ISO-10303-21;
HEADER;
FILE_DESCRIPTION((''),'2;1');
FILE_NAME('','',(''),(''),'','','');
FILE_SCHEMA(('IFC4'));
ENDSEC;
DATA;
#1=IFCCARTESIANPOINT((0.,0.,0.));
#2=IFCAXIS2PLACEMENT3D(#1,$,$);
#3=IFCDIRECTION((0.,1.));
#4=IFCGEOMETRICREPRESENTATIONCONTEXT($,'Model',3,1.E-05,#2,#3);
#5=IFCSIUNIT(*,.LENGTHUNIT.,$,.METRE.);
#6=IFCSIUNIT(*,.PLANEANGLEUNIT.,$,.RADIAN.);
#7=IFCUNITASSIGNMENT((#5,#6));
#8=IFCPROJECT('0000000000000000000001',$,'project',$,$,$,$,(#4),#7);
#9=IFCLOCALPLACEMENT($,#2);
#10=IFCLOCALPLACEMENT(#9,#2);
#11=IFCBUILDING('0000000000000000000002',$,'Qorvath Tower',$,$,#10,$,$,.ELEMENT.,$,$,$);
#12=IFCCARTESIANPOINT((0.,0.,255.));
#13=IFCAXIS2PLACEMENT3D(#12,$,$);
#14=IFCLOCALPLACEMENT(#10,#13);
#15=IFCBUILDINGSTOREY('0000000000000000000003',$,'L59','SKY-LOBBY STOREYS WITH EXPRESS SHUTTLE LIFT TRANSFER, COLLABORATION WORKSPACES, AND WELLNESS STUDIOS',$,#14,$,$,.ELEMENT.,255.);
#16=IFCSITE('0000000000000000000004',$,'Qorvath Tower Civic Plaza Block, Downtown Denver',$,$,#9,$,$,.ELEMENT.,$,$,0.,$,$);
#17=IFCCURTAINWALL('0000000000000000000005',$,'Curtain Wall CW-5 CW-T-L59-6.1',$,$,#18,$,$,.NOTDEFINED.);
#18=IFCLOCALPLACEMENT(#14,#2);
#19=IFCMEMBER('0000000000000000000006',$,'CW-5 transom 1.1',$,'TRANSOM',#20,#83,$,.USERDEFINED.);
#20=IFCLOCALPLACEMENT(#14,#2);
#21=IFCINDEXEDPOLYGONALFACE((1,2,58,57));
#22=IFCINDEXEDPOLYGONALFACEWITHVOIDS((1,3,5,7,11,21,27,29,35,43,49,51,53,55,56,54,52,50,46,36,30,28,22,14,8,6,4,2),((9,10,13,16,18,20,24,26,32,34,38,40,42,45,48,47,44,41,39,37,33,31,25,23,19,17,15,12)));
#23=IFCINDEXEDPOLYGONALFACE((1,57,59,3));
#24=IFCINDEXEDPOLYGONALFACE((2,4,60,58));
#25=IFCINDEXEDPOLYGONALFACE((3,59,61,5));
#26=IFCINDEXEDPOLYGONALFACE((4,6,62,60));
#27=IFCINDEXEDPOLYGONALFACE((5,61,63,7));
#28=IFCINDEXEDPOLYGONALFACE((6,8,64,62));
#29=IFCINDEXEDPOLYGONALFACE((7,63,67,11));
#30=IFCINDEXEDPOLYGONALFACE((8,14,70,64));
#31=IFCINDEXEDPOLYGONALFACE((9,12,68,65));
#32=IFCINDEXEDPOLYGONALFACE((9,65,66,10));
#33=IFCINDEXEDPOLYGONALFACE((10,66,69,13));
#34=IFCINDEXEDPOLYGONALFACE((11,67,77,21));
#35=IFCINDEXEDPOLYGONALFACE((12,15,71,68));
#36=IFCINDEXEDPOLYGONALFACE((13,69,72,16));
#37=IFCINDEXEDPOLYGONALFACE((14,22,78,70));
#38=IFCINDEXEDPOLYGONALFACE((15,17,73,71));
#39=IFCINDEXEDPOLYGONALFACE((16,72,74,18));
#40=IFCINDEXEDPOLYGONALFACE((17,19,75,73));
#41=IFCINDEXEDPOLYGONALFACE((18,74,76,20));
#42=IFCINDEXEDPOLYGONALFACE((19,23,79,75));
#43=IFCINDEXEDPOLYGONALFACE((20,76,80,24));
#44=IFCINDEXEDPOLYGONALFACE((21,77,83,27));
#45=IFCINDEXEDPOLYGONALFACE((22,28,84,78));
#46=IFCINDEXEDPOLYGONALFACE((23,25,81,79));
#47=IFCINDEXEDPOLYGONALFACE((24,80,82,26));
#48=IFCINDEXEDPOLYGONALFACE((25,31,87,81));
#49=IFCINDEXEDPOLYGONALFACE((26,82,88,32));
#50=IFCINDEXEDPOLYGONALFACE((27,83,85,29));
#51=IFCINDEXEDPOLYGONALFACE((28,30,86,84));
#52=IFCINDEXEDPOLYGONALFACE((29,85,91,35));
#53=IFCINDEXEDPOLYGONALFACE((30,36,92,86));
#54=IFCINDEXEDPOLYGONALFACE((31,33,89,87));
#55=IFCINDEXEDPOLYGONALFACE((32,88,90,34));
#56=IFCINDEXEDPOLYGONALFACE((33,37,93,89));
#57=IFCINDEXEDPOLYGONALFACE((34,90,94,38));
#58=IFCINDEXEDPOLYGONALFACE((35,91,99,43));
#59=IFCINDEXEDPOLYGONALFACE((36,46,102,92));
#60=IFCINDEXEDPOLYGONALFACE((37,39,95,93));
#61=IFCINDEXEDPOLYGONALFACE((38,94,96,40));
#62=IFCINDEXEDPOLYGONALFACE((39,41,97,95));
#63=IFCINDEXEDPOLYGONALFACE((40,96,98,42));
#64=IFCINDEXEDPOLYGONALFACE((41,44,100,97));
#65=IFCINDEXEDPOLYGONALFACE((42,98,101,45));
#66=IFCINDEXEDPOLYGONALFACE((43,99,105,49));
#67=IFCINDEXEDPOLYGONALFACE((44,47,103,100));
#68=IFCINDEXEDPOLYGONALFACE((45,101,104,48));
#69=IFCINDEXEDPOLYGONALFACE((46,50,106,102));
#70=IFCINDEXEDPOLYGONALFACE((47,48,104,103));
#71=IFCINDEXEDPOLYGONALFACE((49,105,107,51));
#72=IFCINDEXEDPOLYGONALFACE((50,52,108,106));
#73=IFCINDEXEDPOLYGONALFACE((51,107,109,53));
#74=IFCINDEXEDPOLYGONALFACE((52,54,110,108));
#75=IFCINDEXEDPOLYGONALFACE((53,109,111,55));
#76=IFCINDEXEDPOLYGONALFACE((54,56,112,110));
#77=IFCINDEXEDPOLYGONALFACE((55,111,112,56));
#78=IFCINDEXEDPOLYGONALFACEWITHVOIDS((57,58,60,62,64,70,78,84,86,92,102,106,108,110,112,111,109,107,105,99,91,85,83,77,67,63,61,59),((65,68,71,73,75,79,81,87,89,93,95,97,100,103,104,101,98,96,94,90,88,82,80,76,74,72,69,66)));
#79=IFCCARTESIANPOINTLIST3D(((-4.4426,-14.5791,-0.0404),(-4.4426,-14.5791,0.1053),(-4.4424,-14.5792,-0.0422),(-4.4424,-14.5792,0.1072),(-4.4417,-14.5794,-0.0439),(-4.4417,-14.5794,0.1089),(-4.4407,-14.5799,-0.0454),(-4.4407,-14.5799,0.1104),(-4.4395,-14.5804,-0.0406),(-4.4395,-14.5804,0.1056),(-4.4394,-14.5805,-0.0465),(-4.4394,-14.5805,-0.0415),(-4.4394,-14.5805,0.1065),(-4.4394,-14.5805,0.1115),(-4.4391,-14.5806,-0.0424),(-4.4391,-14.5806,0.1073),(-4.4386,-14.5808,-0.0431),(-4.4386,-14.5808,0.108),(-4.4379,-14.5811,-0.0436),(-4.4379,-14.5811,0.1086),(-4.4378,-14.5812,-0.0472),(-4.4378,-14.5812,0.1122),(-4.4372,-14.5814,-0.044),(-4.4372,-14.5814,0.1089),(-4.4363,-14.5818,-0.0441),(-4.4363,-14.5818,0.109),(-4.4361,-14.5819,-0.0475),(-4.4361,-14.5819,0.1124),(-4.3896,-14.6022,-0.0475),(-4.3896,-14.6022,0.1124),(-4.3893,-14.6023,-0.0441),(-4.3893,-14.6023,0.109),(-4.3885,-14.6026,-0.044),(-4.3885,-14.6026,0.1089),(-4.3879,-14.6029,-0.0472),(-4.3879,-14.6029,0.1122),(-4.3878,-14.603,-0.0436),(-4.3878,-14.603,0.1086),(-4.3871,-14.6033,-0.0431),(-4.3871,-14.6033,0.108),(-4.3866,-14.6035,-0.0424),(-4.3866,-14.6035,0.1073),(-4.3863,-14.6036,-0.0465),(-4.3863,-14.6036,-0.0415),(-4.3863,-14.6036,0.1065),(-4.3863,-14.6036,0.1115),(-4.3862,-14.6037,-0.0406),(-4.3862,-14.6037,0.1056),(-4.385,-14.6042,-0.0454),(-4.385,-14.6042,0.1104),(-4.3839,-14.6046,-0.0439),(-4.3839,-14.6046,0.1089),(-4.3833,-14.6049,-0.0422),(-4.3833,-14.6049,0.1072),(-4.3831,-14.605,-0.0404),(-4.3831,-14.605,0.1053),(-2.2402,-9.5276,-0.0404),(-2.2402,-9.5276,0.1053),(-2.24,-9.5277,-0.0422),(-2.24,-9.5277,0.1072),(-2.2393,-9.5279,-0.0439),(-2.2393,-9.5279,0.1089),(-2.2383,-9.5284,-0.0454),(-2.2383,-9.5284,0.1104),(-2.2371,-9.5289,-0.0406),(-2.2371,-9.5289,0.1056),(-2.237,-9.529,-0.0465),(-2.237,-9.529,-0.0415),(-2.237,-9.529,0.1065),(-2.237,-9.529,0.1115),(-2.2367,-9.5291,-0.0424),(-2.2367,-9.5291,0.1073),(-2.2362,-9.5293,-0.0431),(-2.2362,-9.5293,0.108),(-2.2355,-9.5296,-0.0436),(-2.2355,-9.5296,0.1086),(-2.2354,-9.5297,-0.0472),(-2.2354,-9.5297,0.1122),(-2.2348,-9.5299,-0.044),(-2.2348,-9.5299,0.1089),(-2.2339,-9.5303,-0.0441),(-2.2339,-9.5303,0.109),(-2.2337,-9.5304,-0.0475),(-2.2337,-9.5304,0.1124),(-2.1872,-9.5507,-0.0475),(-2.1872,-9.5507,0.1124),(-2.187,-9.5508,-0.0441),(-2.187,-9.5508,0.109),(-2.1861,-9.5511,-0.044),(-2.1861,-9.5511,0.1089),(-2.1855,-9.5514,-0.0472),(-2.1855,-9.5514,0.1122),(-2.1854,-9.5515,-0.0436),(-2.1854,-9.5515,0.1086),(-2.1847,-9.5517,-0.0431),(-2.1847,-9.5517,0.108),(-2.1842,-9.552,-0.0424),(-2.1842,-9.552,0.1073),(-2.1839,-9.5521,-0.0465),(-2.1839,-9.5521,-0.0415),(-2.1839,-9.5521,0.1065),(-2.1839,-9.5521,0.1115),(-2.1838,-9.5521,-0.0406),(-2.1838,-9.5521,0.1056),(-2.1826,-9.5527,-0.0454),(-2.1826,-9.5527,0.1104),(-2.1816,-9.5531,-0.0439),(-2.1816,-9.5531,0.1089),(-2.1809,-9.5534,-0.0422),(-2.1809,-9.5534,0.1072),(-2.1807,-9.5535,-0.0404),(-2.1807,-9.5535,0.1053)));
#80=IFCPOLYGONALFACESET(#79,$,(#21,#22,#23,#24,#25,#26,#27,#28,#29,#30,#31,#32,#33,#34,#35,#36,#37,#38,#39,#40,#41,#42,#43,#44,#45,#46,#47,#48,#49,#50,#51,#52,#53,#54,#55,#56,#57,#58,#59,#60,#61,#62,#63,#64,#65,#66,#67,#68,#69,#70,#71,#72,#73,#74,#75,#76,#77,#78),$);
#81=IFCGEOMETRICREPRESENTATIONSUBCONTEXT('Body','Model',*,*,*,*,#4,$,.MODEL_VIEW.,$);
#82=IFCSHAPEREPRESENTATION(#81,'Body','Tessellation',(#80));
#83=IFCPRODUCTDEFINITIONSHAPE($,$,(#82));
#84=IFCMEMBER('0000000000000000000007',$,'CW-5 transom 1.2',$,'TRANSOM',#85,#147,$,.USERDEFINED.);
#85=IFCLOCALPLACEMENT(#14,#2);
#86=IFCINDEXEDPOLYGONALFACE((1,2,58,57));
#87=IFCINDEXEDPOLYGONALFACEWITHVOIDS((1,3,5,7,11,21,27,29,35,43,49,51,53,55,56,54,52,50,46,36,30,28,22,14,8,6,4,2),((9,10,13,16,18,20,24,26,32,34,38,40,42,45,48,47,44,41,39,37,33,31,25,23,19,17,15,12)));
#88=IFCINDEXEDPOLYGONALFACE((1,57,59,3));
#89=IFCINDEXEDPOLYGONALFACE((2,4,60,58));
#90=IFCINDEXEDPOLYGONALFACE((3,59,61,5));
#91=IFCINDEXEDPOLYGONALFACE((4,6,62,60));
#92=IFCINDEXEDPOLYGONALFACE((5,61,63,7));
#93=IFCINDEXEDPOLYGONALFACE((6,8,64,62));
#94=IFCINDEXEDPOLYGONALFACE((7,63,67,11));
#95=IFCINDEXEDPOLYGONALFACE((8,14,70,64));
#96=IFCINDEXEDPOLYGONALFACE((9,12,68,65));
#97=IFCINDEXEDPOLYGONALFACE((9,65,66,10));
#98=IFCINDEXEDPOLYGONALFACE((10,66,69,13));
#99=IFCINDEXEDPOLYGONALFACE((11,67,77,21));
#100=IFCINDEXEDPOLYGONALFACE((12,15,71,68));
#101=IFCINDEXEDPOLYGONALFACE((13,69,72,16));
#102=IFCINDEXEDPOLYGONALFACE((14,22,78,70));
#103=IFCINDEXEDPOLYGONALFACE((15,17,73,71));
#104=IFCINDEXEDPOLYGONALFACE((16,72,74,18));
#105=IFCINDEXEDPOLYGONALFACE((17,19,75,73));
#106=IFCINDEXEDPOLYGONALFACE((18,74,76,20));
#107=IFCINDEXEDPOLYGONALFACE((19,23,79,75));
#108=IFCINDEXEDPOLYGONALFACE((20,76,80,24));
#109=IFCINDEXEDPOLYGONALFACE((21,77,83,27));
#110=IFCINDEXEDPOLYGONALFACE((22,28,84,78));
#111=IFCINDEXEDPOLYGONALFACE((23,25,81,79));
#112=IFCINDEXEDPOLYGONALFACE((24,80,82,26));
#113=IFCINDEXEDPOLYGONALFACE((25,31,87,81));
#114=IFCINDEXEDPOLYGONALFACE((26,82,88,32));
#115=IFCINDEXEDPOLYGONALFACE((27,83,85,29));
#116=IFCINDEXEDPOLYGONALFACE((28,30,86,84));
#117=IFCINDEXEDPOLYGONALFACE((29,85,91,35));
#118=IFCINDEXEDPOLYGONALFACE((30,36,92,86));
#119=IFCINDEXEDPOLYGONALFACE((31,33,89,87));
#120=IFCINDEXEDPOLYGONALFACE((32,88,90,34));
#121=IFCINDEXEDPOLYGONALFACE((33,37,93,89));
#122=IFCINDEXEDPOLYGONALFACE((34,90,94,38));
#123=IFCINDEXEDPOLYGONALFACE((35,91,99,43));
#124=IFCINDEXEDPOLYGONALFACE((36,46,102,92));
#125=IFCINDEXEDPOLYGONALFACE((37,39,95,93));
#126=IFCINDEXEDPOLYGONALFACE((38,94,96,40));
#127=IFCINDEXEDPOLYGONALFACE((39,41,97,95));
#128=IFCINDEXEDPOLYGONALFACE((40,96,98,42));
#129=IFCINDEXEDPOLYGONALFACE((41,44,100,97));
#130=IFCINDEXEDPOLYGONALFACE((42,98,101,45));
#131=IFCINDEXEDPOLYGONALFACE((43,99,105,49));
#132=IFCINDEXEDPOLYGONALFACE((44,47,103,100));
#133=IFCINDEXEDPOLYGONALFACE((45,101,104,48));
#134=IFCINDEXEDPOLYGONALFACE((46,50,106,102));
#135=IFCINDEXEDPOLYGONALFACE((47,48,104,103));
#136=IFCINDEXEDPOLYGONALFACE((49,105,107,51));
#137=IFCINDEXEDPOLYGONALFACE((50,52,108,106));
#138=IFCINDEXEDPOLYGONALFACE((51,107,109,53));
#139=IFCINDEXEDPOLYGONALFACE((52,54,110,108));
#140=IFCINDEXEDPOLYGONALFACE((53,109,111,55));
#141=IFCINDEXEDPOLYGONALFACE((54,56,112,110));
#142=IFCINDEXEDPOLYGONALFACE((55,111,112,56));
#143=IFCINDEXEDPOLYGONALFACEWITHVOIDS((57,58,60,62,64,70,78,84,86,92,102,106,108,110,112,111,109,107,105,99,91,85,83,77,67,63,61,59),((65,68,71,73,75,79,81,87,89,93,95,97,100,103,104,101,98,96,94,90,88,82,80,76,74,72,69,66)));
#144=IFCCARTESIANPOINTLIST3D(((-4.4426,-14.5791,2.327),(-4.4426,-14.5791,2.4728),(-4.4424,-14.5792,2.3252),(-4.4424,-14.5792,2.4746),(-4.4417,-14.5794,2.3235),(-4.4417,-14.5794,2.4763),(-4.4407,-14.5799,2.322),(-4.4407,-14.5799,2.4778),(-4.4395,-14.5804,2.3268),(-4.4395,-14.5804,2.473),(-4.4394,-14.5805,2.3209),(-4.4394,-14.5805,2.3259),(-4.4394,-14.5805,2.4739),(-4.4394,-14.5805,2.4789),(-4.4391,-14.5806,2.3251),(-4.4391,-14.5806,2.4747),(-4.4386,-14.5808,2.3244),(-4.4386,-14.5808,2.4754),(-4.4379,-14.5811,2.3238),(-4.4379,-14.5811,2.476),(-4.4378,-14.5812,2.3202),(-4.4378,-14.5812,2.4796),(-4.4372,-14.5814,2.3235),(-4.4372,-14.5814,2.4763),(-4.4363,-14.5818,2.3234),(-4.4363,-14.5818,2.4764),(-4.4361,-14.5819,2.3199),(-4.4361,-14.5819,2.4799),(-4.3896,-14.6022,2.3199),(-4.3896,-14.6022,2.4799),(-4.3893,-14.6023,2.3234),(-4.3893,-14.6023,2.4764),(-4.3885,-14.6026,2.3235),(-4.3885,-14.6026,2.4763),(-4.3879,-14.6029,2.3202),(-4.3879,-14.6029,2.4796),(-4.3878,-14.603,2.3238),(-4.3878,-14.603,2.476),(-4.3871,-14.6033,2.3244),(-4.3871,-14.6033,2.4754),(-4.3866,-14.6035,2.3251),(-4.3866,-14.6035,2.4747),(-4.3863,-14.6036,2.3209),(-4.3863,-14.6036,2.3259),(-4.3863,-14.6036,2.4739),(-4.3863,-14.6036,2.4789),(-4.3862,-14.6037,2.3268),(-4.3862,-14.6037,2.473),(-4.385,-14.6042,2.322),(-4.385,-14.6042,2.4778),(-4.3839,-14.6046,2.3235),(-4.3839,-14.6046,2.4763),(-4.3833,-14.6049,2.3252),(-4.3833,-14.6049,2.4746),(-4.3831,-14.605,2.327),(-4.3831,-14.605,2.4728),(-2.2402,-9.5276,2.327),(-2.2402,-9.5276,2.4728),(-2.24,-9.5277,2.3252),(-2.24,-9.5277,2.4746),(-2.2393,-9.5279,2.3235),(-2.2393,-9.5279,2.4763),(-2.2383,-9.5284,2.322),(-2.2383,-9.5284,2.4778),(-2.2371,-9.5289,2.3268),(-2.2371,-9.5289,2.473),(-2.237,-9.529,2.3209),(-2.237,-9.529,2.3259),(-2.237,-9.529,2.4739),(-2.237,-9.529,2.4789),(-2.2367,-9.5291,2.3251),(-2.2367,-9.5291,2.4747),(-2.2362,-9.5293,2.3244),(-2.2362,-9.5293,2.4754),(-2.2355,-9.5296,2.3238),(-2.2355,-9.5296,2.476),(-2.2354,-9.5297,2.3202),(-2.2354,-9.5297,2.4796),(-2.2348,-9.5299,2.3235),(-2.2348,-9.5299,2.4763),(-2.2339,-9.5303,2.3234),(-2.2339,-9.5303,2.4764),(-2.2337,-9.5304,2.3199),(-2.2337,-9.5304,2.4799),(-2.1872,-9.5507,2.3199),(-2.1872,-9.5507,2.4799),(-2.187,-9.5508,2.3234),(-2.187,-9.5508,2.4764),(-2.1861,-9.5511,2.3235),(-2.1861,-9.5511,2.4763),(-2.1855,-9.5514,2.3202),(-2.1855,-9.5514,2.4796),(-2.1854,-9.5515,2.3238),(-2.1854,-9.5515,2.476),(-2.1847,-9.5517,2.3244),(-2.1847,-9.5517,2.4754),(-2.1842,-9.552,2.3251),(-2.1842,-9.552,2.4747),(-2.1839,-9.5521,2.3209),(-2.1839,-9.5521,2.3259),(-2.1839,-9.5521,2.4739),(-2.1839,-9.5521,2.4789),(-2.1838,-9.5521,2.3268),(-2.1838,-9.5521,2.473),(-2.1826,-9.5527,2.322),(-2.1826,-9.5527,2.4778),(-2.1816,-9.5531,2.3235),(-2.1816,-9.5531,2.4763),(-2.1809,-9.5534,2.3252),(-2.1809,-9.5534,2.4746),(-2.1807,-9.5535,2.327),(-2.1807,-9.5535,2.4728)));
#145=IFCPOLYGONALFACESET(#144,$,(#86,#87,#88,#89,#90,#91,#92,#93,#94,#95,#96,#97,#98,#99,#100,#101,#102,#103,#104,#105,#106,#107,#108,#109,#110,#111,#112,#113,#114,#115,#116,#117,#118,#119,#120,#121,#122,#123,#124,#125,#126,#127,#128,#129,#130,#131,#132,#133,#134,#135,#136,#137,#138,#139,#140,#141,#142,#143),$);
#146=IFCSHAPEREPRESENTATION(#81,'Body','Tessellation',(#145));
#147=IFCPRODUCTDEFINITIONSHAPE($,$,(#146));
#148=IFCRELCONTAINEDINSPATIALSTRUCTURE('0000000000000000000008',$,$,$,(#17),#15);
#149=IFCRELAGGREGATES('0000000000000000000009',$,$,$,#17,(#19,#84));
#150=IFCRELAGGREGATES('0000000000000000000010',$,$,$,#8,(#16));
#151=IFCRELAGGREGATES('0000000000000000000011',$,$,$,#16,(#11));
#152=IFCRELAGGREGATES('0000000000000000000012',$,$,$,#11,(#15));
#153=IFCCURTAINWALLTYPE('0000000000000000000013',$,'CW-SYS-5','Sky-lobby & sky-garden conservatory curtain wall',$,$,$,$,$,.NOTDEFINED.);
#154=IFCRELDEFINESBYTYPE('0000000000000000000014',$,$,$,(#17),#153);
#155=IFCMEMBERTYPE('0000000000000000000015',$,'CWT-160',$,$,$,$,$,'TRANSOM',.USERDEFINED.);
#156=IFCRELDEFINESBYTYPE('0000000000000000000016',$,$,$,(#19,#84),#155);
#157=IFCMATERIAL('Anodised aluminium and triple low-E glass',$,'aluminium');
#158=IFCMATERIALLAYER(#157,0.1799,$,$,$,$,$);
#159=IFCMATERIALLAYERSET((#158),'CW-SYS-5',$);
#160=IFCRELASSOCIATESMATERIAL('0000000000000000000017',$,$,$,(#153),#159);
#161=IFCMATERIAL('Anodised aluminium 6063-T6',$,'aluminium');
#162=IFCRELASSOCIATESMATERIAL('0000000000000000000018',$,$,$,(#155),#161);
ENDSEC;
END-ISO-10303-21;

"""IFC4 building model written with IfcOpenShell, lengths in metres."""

from ifc_helpers import new_model, si_unit, direction, frame, origin, origin_2d, place, context, subcontext, project, spatial, hollow_rectangle, extrude, material, layer, layer_set, material_profile, profile_set, type_object, element, aggregate, save


model = new_model("IFC4")

# Units and contexts
model_context = context("Model", 3, precision=1e-05, world=origin(), true_north=direction((0.0, 1.0)))
body_context = subcontext(model_context, "Body", "Model", "MODEL_VIEW")
ifc_project = project(units=[si_unit("LENGTHUNIT", "METRE"), si_unit("PLANEANGLEUNIT", "RADIAN")], contexts=[model_context])

# Site, building, storey
site_placement = place(None, origin())
site = spatial("IfcSite", under=ifc_project, at=site_placement, Name="Qorvath Tower Civic Plaza Block, Downtown Denver", CompositionType="ELEMENT", RefElevation=0.0)
building_placement = place(site_placement, origin())
building = spatial("IfcBuilding", under=site, at=building_placement, Name="Qorvath Tower", CompositionType="ELEMENT")
storey_placement = place(building_placement, frame((0.0, 0.0, 255.0)))
storey = spatial("IfcBuildingStorey", under=building, at=storey_placement, Name="L59", Description="SKY-LOBBY STOREYS WITH EXPRESS SHUTTLE LIFT TRANSFER, COLLABORATION WORKSPACES, AND WELLNESS STUDIOS", CompositionType="ELEMENT", Elevation=255.0)

# Shared definitions
ifc_material_1 = material(Name="Anodised aluminium and triple low-E glass", Category="aluminium")
ifc_layer_1 = layer(ifc_material_1, 0.1799)
ifc_layer_set_1 = layer_set([ifc_layer_1], Name="CW-SYS-5")
curtain_wall_type = type_object("IfcCurtainWallType", Name="CW-SYS-5", Description="Sky-lobby & sky-garden conservatory curtain wall", PredefinedType="NOTDEFINED", material=ifc_layer_set_1)

# Curtain wall
curtain_wall_1_placement = place(storey_placement, origin())
curtain_wall_1 = element("IfcCurtainWall", 1, at=curtain_wall_1_placement, inside=storey, type_object=curtain_wall_type, Name="Curtain Wall CW-5 CW-T-L59-6.1", PredefinedType="NOTDEFINED")

# Members
ifc_material_2 = material(Name="Anodised aluminium 6063-T6", Category="aluminium")
ifc_material_profile_1 = material_profile(ifc_material_2, hollow_rectangle(XDim=0.0649, YDim=0.1599, WallThickness=0.0034, InnerFilletRadius=0.0034, OuterFilletRadius=0.0071, at=origin_2d()), Name="CWT 160x65")
ifc_profile_set_1 = profile_set([ifc_material_profile_1], Name="Anodised aluminium 6063-T6")
member_type_1 = type_object("IfcMemberType", Name="CWT-160", ElementType="TRANSOM", PredefinedType="USERDEFINED", material=ifc_profile_set_1)
member_1_placement = place(storey_placement, frame((-4.4128, -14.592, 0.0325), z_axis=(0.399654, 0.916666, 0.0), x_axis=(-0.916666, 0.399654, 0.0)))
member_1 = element("IfcMember", 2, at=member_1_placement, type_object=member_type_1, Name="CW-5 transom 1.1", ObjectType="TRANSOM", PredefinedType="USERDEFINED", context=body_context, shape_type="SweptSolid", body=[
    extrude(hollow_rectangle(XDim=0.0649, YDim=0.1599, WallThickness=0.0034, InnerFilletRadius=0.0034, OuterFilletRadius=0.0071, at=origin_2d()), origin(), (0.0, 0.0, 1.0), 5.5107),
])
member_2_placement = place(storey_placement, frame((-4.4128, -14.592, 2.3999), z_axis=(0.399654, 0.916666, 0.0), x_axis=(-0.916666, 0.399654, 0.0)))
member_2 = element("IfcMember", 3, at=member_2_placement, type_object=member_type_1, Name="CW-5 transom 1.2", ObjectType="TRANSOM", PredefinedType="USERDEFINED", context=body_context, shape_type="SweptSolid", body=[
    extrude(hollow_rectangle(XDim=0.0649, YDim=0.1599, WallThickness=0.0034, InnerFilletRadius=0.0034, OuterFilletRadius=0.0071, at=origin_2d()), origin(), (0.0, 0.0, 1.0), 5.5107),
])

aggregate(curtain_wall_1, [member_1, member_2])

save(model, "model.ifc")
